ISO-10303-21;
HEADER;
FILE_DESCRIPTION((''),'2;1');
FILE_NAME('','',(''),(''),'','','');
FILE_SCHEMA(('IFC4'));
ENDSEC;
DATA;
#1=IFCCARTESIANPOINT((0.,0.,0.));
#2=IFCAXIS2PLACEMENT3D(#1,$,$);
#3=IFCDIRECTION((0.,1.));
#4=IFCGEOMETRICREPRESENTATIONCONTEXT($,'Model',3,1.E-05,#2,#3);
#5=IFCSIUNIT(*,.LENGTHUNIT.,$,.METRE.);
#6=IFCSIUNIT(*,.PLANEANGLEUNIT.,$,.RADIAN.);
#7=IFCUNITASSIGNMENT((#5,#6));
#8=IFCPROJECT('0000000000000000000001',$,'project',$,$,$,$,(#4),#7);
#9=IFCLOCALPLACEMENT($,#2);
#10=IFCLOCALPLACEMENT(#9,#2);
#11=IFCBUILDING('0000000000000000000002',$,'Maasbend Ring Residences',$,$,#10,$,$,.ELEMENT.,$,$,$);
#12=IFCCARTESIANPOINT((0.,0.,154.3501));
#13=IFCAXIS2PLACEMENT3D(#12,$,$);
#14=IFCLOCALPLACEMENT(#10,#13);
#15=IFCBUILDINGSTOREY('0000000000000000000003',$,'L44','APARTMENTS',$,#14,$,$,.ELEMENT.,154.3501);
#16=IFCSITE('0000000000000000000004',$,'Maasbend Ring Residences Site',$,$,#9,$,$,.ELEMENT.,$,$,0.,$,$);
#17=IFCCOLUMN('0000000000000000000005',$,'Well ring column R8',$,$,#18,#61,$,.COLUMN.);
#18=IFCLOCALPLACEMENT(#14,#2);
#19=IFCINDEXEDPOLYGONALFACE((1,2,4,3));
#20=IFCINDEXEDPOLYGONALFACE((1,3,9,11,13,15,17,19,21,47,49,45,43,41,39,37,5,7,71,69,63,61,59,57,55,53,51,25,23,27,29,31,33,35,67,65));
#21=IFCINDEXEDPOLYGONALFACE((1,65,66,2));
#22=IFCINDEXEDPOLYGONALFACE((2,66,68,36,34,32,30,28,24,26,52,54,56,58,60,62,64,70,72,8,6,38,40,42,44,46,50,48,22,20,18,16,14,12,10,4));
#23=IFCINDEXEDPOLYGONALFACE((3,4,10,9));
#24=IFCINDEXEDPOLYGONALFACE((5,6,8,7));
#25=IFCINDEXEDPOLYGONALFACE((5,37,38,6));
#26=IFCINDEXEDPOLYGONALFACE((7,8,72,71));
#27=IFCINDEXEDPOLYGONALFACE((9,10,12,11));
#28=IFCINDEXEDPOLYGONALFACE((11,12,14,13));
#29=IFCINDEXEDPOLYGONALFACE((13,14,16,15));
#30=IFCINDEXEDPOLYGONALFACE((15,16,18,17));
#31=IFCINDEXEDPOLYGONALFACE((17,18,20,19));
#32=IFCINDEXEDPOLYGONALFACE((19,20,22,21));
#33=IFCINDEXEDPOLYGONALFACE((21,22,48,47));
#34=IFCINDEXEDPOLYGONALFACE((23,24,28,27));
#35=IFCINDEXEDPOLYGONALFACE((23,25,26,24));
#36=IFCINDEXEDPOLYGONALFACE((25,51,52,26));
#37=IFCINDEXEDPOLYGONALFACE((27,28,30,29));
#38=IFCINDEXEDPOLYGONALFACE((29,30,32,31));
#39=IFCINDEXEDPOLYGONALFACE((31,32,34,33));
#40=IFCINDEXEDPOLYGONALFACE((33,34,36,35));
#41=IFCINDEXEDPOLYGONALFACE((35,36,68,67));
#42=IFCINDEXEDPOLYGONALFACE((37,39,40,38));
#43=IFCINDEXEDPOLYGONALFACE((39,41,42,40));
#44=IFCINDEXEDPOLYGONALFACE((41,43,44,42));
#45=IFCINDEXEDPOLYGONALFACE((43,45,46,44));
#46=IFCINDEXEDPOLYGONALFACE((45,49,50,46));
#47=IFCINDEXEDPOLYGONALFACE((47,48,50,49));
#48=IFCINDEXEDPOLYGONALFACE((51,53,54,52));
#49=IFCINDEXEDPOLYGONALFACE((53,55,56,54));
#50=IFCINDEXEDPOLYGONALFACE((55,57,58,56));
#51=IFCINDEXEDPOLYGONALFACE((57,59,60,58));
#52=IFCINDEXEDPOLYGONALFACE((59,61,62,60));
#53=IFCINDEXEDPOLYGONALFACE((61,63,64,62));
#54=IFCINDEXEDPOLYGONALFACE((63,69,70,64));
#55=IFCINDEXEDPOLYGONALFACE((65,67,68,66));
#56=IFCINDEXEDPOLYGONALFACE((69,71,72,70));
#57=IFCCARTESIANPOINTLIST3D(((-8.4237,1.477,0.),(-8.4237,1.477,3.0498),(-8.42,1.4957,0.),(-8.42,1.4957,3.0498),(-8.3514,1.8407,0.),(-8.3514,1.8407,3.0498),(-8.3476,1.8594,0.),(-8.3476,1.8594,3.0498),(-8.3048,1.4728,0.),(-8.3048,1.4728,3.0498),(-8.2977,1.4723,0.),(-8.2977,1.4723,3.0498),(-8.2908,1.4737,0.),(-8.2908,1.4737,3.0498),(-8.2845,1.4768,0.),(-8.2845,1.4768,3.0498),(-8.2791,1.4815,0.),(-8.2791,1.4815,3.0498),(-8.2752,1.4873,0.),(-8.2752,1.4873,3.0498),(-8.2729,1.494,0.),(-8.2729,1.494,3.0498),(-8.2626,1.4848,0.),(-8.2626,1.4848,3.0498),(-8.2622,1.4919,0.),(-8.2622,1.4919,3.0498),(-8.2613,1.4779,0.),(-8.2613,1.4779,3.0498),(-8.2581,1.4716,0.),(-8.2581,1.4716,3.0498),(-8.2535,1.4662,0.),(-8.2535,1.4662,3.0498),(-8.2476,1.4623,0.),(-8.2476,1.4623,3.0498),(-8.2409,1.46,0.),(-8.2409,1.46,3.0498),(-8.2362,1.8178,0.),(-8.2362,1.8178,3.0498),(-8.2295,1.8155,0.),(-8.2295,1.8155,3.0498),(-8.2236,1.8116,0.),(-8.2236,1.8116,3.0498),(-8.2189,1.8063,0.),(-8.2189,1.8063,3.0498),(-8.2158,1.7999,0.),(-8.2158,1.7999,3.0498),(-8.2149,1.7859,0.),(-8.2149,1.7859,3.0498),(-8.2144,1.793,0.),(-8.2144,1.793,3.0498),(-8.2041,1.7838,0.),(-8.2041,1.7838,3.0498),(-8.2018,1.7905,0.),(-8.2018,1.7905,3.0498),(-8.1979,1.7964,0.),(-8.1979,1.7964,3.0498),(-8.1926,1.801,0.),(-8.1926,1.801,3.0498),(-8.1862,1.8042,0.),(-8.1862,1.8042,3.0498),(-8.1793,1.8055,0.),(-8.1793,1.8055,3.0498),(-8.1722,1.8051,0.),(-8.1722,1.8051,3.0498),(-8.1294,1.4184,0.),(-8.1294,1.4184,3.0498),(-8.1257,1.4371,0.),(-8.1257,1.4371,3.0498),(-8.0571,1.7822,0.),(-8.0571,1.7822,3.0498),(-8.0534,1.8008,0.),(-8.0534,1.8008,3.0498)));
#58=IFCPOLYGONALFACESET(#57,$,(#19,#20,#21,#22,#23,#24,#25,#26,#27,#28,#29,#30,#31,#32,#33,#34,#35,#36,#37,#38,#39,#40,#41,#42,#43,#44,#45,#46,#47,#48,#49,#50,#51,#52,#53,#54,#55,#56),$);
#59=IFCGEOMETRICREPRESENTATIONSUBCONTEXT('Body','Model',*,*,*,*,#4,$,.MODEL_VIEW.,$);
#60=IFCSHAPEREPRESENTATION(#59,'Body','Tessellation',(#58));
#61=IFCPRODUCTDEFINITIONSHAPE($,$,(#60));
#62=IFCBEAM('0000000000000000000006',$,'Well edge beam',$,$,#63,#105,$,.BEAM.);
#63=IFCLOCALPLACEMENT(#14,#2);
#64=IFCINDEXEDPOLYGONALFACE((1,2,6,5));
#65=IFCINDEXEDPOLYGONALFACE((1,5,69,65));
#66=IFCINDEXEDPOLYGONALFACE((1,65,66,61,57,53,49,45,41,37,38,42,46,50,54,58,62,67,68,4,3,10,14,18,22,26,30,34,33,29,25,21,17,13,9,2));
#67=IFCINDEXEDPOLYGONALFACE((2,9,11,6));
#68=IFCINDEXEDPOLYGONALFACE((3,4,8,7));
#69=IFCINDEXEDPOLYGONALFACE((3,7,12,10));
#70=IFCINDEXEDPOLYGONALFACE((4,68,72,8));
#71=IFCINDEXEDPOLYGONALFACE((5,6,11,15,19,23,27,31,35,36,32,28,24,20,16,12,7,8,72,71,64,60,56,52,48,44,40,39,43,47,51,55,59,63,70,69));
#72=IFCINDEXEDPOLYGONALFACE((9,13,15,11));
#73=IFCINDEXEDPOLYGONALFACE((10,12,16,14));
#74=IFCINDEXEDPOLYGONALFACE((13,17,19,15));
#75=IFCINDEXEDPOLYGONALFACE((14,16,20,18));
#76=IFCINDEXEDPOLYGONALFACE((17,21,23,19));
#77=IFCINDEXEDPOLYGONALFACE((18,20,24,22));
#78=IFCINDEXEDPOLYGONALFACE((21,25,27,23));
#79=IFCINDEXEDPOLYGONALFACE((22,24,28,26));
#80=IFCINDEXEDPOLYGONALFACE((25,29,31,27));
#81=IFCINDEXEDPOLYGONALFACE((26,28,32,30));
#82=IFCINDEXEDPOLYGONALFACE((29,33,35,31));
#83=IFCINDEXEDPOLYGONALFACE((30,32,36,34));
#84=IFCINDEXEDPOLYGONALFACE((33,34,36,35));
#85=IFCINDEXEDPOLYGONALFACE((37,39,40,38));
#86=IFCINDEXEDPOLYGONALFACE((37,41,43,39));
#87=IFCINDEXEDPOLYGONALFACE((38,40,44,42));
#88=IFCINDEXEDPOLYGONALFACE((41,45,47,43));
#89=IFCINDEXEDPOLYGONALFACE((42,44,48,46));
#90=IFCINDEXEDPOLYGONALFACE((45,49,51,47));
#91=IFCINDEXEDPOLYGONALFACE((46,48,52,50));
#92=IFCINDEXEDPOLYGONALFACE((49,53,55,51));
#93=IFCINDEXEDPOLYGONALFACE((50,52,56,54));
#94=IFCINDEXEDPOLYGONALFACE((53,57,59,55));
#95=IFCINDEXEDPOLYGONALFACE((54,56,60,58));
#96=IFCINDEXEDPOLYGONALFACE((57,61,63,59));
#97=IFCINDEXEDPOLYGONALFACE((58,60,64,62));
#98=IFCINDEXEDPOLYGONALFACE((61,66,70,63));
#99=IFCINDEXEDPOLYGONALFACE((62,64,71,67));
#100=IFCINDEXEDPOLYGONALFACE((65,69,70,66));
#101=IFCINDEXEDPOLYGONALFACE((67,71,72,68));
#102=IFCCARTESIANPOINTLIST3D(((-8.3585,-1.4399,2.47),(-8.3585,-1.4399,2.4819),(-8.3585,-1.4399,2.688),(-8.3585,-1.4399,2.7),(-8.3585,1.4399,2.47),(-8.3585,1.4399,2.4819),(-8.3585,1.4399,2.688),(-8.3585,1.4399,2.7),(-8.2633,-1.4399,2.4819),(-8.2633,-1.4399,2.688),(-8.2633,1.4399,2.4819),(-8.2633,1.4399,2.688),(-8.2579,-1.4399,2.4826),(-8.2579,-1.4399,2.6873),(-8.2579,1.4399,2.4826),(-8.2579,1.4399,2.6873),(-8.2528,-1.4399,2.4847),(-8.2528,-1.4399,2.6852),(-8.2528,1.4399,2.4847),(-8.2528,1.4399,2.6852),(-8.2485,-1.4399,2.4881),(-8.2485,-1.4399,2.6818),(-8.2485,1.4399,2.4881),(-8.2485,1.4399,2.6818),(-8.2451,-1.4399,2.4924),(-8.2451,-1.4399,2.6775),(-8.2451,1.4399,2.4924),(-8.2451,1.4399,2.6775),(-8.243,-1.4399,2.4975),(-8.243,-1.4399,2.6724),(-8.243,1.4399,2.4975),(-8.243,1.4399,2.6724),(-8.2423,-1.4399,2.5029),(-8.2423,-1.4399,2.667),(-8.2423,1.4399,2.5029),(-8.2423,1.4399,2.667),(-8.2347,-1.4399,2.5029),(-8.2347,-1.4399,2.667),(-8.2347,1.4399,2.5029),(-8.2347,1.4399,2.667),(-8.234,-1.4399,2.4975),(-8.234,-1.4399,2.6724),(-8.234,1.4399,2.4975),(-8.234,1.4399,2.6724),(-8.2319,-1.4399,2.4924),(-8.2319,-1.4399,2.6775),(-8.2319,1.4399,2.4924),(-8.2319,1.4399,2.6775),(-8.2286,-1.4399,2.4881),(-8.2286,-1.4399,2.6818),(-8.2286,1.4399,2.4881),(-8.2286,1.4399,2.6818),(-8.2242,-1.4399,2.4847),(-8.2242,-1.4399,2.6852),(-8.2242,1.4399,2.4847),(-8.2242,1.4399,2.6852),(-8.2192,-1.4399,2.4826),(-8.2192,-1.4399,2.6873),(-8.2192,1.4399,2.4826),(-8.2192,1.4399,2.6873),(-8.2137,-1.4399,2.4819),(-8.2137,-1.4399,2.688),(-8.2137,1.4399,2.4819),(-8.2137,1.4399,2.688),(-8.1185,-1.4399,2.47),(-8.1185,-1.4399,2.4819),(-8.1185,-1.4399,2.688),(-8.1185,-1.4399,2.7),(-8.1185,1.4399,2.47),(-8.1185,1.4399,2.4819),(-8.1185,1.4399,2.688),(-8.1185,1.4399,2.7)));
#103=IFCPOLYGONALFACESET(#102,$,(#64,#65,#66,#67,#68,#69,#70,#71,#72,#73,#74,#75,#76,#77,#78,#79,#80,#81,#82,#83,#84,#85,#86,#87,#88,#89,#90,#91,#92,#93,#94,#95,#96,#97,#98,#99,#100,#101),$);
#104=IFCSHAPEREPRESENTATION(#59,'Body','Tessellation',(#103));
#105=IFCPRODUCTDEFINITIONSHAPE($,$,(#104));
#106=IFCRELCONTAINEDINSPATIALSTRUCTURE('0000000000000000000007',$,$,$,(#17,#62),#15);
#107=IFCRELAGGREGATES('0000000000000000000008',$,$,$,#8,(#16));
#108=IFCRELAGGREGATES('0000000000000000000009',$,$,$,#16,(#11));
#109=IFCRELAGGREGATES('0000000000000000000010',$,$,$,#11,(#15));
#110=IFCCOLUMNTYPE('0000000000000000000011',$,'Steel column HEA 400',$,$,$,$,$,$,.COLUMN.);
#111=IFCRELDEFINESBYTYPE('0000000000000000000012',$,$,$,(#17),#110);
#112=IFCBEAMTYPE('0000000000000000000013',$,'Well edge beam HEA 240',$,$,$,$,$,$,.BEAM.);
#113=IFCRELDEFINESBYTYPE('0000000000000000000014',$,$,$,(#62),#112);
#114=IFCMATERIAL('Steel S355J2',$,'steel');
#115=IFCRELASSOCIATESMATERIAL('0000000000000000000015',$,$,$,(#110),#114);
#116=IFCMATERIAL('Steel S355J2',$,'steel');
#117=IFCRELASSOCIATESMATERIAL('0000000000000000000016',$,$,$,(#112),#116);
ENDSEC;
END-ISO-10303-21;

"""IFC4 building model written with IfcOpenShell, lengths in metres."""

from ifc_helpers import new_model, si_unit, direction, frame, origin, origin_2d, place, context, subcontext, project, spatial, i_section, extrude, material, material_profile, profile_set, type_object, element, save


model = new_model("IFC4")

# Units and contexts
model_context = context("Model", 3, precision=1e-05, world=origin(), true_north=direction((0.0, 1.0)))
body_context = subcontext(model_context, "Body", "Model", "MODEL_VIEW")
ifc_project = project(units=[si_unit("LENGTHUNIT", "METRE"), si_unit("PLANEANGLEUNIT", "RADIAN")], contexts=[model_context])

# Site, building, storey
site_placement = place(None, origin())
site = spatial("IfcSite", under=ifc_project, at=site_placement, Name="Maasbend Ring Residences Site", CompositionType="ELEMENT", RefElevation=0.0)
building_placement = place(site_placement, origin())
building = spatial("IfcBuilding", under=site, at=building_placement, Name="Maasbend Ring Residences", CompositionType="ELEMENT")
storey_placement = place(building_placement, frame((0.0, 0.0, 154.3501)))
storey = spatial("IfcBuildingStorey", under=building, at=storey_placement, Name="L44", Description="APARTMENTS", CompositionType="ELEMENT", Elevation=154.3501)

# Column
ifc_material_1 = material(Name="Steel S355J2", Category="steel")
ifc_material_profile_1 = material_profile(ifc_material_1, i_section(OverallWidth=0.3, OverallDepth=0.3899, WebThickness=0.011, FlangeThickness=0.019, FilletRadius=0.0271, at=origin_2d()), Name="HEA 400")
ifc_profile_set_1 = profile_set([ifc_material_profile_1], Name="Steel S355J2")
column_type = type_object("IfcColumnType", Name="Steel column HEA 400", PredefinedType="COLUMN", material=ifc_profile_set_1)
column_placement = place(storey_placement, frame((-8.2385, 1.6389, 0.0), z_axis=(0.0, 0.0, 1.0), x_axis=(-0.980785, 0.19509, 0.0)))
element("IfcColumn", 1, at=column_placement, inside=storey, type_object=column_type, Name="Well ring column R8", PredefinedType="COLUMN", context=body_context, shape_type="SweptSolid", body=[
    extrude(i_section(OverallWidth=0.3, OverallDepth=0.3899, WebThickness=0.011, FlangeThickness=0.019, FilletRadius=0.0271, at=origin_2d()), origin(), (0.0, 0.0, 1.0), 3.0498),
])

# Beam
ifc_material_2 = material(Name="Steel S355J2", Category="steel")
ifc_material_profile_2 = material_profile(ifc_material_2, i_section(OverallWidth=0.24, OverallDepth=0.23, WebThickness=0.0076, FlangeThickness=0.012, FilletRadius=0.021, at=origin_2d()), Name="HEA 240")
ifc_profile_set_2 = profile_set([ifc_material_profile_2], Name="Steel S355J2")
beam_type = type_object("IfcBeamType", Name="Well edge beam HEA 240", PredefinedType="BEAM", material=ifc_profile_set_2)
beam_placement = place(storey_placement, frame((-8.2385, 1.4399, 2.585), z_axis=(0.0, -1.0, 0.0), x_axis=(1.0, 0.0, 0.0)))
element("IfcBeam", 2, at=beam_placement, inside=storey, type_object=beam_type, Name="Well edge beam", PredefinedType="BEAM", context=body_context, shape_type="SweptSolid", body=[
    extrude(i_section(OverallWidth=0.24, OverallDepth=0.23, WebThickness=0.0076, FlangeThickness=0.012, FilletRadius=0.021, at=origin_2d()), origin(), (0.0, 0.0, 1.0), 2.8799),
])

save(model, "model.ifc")
